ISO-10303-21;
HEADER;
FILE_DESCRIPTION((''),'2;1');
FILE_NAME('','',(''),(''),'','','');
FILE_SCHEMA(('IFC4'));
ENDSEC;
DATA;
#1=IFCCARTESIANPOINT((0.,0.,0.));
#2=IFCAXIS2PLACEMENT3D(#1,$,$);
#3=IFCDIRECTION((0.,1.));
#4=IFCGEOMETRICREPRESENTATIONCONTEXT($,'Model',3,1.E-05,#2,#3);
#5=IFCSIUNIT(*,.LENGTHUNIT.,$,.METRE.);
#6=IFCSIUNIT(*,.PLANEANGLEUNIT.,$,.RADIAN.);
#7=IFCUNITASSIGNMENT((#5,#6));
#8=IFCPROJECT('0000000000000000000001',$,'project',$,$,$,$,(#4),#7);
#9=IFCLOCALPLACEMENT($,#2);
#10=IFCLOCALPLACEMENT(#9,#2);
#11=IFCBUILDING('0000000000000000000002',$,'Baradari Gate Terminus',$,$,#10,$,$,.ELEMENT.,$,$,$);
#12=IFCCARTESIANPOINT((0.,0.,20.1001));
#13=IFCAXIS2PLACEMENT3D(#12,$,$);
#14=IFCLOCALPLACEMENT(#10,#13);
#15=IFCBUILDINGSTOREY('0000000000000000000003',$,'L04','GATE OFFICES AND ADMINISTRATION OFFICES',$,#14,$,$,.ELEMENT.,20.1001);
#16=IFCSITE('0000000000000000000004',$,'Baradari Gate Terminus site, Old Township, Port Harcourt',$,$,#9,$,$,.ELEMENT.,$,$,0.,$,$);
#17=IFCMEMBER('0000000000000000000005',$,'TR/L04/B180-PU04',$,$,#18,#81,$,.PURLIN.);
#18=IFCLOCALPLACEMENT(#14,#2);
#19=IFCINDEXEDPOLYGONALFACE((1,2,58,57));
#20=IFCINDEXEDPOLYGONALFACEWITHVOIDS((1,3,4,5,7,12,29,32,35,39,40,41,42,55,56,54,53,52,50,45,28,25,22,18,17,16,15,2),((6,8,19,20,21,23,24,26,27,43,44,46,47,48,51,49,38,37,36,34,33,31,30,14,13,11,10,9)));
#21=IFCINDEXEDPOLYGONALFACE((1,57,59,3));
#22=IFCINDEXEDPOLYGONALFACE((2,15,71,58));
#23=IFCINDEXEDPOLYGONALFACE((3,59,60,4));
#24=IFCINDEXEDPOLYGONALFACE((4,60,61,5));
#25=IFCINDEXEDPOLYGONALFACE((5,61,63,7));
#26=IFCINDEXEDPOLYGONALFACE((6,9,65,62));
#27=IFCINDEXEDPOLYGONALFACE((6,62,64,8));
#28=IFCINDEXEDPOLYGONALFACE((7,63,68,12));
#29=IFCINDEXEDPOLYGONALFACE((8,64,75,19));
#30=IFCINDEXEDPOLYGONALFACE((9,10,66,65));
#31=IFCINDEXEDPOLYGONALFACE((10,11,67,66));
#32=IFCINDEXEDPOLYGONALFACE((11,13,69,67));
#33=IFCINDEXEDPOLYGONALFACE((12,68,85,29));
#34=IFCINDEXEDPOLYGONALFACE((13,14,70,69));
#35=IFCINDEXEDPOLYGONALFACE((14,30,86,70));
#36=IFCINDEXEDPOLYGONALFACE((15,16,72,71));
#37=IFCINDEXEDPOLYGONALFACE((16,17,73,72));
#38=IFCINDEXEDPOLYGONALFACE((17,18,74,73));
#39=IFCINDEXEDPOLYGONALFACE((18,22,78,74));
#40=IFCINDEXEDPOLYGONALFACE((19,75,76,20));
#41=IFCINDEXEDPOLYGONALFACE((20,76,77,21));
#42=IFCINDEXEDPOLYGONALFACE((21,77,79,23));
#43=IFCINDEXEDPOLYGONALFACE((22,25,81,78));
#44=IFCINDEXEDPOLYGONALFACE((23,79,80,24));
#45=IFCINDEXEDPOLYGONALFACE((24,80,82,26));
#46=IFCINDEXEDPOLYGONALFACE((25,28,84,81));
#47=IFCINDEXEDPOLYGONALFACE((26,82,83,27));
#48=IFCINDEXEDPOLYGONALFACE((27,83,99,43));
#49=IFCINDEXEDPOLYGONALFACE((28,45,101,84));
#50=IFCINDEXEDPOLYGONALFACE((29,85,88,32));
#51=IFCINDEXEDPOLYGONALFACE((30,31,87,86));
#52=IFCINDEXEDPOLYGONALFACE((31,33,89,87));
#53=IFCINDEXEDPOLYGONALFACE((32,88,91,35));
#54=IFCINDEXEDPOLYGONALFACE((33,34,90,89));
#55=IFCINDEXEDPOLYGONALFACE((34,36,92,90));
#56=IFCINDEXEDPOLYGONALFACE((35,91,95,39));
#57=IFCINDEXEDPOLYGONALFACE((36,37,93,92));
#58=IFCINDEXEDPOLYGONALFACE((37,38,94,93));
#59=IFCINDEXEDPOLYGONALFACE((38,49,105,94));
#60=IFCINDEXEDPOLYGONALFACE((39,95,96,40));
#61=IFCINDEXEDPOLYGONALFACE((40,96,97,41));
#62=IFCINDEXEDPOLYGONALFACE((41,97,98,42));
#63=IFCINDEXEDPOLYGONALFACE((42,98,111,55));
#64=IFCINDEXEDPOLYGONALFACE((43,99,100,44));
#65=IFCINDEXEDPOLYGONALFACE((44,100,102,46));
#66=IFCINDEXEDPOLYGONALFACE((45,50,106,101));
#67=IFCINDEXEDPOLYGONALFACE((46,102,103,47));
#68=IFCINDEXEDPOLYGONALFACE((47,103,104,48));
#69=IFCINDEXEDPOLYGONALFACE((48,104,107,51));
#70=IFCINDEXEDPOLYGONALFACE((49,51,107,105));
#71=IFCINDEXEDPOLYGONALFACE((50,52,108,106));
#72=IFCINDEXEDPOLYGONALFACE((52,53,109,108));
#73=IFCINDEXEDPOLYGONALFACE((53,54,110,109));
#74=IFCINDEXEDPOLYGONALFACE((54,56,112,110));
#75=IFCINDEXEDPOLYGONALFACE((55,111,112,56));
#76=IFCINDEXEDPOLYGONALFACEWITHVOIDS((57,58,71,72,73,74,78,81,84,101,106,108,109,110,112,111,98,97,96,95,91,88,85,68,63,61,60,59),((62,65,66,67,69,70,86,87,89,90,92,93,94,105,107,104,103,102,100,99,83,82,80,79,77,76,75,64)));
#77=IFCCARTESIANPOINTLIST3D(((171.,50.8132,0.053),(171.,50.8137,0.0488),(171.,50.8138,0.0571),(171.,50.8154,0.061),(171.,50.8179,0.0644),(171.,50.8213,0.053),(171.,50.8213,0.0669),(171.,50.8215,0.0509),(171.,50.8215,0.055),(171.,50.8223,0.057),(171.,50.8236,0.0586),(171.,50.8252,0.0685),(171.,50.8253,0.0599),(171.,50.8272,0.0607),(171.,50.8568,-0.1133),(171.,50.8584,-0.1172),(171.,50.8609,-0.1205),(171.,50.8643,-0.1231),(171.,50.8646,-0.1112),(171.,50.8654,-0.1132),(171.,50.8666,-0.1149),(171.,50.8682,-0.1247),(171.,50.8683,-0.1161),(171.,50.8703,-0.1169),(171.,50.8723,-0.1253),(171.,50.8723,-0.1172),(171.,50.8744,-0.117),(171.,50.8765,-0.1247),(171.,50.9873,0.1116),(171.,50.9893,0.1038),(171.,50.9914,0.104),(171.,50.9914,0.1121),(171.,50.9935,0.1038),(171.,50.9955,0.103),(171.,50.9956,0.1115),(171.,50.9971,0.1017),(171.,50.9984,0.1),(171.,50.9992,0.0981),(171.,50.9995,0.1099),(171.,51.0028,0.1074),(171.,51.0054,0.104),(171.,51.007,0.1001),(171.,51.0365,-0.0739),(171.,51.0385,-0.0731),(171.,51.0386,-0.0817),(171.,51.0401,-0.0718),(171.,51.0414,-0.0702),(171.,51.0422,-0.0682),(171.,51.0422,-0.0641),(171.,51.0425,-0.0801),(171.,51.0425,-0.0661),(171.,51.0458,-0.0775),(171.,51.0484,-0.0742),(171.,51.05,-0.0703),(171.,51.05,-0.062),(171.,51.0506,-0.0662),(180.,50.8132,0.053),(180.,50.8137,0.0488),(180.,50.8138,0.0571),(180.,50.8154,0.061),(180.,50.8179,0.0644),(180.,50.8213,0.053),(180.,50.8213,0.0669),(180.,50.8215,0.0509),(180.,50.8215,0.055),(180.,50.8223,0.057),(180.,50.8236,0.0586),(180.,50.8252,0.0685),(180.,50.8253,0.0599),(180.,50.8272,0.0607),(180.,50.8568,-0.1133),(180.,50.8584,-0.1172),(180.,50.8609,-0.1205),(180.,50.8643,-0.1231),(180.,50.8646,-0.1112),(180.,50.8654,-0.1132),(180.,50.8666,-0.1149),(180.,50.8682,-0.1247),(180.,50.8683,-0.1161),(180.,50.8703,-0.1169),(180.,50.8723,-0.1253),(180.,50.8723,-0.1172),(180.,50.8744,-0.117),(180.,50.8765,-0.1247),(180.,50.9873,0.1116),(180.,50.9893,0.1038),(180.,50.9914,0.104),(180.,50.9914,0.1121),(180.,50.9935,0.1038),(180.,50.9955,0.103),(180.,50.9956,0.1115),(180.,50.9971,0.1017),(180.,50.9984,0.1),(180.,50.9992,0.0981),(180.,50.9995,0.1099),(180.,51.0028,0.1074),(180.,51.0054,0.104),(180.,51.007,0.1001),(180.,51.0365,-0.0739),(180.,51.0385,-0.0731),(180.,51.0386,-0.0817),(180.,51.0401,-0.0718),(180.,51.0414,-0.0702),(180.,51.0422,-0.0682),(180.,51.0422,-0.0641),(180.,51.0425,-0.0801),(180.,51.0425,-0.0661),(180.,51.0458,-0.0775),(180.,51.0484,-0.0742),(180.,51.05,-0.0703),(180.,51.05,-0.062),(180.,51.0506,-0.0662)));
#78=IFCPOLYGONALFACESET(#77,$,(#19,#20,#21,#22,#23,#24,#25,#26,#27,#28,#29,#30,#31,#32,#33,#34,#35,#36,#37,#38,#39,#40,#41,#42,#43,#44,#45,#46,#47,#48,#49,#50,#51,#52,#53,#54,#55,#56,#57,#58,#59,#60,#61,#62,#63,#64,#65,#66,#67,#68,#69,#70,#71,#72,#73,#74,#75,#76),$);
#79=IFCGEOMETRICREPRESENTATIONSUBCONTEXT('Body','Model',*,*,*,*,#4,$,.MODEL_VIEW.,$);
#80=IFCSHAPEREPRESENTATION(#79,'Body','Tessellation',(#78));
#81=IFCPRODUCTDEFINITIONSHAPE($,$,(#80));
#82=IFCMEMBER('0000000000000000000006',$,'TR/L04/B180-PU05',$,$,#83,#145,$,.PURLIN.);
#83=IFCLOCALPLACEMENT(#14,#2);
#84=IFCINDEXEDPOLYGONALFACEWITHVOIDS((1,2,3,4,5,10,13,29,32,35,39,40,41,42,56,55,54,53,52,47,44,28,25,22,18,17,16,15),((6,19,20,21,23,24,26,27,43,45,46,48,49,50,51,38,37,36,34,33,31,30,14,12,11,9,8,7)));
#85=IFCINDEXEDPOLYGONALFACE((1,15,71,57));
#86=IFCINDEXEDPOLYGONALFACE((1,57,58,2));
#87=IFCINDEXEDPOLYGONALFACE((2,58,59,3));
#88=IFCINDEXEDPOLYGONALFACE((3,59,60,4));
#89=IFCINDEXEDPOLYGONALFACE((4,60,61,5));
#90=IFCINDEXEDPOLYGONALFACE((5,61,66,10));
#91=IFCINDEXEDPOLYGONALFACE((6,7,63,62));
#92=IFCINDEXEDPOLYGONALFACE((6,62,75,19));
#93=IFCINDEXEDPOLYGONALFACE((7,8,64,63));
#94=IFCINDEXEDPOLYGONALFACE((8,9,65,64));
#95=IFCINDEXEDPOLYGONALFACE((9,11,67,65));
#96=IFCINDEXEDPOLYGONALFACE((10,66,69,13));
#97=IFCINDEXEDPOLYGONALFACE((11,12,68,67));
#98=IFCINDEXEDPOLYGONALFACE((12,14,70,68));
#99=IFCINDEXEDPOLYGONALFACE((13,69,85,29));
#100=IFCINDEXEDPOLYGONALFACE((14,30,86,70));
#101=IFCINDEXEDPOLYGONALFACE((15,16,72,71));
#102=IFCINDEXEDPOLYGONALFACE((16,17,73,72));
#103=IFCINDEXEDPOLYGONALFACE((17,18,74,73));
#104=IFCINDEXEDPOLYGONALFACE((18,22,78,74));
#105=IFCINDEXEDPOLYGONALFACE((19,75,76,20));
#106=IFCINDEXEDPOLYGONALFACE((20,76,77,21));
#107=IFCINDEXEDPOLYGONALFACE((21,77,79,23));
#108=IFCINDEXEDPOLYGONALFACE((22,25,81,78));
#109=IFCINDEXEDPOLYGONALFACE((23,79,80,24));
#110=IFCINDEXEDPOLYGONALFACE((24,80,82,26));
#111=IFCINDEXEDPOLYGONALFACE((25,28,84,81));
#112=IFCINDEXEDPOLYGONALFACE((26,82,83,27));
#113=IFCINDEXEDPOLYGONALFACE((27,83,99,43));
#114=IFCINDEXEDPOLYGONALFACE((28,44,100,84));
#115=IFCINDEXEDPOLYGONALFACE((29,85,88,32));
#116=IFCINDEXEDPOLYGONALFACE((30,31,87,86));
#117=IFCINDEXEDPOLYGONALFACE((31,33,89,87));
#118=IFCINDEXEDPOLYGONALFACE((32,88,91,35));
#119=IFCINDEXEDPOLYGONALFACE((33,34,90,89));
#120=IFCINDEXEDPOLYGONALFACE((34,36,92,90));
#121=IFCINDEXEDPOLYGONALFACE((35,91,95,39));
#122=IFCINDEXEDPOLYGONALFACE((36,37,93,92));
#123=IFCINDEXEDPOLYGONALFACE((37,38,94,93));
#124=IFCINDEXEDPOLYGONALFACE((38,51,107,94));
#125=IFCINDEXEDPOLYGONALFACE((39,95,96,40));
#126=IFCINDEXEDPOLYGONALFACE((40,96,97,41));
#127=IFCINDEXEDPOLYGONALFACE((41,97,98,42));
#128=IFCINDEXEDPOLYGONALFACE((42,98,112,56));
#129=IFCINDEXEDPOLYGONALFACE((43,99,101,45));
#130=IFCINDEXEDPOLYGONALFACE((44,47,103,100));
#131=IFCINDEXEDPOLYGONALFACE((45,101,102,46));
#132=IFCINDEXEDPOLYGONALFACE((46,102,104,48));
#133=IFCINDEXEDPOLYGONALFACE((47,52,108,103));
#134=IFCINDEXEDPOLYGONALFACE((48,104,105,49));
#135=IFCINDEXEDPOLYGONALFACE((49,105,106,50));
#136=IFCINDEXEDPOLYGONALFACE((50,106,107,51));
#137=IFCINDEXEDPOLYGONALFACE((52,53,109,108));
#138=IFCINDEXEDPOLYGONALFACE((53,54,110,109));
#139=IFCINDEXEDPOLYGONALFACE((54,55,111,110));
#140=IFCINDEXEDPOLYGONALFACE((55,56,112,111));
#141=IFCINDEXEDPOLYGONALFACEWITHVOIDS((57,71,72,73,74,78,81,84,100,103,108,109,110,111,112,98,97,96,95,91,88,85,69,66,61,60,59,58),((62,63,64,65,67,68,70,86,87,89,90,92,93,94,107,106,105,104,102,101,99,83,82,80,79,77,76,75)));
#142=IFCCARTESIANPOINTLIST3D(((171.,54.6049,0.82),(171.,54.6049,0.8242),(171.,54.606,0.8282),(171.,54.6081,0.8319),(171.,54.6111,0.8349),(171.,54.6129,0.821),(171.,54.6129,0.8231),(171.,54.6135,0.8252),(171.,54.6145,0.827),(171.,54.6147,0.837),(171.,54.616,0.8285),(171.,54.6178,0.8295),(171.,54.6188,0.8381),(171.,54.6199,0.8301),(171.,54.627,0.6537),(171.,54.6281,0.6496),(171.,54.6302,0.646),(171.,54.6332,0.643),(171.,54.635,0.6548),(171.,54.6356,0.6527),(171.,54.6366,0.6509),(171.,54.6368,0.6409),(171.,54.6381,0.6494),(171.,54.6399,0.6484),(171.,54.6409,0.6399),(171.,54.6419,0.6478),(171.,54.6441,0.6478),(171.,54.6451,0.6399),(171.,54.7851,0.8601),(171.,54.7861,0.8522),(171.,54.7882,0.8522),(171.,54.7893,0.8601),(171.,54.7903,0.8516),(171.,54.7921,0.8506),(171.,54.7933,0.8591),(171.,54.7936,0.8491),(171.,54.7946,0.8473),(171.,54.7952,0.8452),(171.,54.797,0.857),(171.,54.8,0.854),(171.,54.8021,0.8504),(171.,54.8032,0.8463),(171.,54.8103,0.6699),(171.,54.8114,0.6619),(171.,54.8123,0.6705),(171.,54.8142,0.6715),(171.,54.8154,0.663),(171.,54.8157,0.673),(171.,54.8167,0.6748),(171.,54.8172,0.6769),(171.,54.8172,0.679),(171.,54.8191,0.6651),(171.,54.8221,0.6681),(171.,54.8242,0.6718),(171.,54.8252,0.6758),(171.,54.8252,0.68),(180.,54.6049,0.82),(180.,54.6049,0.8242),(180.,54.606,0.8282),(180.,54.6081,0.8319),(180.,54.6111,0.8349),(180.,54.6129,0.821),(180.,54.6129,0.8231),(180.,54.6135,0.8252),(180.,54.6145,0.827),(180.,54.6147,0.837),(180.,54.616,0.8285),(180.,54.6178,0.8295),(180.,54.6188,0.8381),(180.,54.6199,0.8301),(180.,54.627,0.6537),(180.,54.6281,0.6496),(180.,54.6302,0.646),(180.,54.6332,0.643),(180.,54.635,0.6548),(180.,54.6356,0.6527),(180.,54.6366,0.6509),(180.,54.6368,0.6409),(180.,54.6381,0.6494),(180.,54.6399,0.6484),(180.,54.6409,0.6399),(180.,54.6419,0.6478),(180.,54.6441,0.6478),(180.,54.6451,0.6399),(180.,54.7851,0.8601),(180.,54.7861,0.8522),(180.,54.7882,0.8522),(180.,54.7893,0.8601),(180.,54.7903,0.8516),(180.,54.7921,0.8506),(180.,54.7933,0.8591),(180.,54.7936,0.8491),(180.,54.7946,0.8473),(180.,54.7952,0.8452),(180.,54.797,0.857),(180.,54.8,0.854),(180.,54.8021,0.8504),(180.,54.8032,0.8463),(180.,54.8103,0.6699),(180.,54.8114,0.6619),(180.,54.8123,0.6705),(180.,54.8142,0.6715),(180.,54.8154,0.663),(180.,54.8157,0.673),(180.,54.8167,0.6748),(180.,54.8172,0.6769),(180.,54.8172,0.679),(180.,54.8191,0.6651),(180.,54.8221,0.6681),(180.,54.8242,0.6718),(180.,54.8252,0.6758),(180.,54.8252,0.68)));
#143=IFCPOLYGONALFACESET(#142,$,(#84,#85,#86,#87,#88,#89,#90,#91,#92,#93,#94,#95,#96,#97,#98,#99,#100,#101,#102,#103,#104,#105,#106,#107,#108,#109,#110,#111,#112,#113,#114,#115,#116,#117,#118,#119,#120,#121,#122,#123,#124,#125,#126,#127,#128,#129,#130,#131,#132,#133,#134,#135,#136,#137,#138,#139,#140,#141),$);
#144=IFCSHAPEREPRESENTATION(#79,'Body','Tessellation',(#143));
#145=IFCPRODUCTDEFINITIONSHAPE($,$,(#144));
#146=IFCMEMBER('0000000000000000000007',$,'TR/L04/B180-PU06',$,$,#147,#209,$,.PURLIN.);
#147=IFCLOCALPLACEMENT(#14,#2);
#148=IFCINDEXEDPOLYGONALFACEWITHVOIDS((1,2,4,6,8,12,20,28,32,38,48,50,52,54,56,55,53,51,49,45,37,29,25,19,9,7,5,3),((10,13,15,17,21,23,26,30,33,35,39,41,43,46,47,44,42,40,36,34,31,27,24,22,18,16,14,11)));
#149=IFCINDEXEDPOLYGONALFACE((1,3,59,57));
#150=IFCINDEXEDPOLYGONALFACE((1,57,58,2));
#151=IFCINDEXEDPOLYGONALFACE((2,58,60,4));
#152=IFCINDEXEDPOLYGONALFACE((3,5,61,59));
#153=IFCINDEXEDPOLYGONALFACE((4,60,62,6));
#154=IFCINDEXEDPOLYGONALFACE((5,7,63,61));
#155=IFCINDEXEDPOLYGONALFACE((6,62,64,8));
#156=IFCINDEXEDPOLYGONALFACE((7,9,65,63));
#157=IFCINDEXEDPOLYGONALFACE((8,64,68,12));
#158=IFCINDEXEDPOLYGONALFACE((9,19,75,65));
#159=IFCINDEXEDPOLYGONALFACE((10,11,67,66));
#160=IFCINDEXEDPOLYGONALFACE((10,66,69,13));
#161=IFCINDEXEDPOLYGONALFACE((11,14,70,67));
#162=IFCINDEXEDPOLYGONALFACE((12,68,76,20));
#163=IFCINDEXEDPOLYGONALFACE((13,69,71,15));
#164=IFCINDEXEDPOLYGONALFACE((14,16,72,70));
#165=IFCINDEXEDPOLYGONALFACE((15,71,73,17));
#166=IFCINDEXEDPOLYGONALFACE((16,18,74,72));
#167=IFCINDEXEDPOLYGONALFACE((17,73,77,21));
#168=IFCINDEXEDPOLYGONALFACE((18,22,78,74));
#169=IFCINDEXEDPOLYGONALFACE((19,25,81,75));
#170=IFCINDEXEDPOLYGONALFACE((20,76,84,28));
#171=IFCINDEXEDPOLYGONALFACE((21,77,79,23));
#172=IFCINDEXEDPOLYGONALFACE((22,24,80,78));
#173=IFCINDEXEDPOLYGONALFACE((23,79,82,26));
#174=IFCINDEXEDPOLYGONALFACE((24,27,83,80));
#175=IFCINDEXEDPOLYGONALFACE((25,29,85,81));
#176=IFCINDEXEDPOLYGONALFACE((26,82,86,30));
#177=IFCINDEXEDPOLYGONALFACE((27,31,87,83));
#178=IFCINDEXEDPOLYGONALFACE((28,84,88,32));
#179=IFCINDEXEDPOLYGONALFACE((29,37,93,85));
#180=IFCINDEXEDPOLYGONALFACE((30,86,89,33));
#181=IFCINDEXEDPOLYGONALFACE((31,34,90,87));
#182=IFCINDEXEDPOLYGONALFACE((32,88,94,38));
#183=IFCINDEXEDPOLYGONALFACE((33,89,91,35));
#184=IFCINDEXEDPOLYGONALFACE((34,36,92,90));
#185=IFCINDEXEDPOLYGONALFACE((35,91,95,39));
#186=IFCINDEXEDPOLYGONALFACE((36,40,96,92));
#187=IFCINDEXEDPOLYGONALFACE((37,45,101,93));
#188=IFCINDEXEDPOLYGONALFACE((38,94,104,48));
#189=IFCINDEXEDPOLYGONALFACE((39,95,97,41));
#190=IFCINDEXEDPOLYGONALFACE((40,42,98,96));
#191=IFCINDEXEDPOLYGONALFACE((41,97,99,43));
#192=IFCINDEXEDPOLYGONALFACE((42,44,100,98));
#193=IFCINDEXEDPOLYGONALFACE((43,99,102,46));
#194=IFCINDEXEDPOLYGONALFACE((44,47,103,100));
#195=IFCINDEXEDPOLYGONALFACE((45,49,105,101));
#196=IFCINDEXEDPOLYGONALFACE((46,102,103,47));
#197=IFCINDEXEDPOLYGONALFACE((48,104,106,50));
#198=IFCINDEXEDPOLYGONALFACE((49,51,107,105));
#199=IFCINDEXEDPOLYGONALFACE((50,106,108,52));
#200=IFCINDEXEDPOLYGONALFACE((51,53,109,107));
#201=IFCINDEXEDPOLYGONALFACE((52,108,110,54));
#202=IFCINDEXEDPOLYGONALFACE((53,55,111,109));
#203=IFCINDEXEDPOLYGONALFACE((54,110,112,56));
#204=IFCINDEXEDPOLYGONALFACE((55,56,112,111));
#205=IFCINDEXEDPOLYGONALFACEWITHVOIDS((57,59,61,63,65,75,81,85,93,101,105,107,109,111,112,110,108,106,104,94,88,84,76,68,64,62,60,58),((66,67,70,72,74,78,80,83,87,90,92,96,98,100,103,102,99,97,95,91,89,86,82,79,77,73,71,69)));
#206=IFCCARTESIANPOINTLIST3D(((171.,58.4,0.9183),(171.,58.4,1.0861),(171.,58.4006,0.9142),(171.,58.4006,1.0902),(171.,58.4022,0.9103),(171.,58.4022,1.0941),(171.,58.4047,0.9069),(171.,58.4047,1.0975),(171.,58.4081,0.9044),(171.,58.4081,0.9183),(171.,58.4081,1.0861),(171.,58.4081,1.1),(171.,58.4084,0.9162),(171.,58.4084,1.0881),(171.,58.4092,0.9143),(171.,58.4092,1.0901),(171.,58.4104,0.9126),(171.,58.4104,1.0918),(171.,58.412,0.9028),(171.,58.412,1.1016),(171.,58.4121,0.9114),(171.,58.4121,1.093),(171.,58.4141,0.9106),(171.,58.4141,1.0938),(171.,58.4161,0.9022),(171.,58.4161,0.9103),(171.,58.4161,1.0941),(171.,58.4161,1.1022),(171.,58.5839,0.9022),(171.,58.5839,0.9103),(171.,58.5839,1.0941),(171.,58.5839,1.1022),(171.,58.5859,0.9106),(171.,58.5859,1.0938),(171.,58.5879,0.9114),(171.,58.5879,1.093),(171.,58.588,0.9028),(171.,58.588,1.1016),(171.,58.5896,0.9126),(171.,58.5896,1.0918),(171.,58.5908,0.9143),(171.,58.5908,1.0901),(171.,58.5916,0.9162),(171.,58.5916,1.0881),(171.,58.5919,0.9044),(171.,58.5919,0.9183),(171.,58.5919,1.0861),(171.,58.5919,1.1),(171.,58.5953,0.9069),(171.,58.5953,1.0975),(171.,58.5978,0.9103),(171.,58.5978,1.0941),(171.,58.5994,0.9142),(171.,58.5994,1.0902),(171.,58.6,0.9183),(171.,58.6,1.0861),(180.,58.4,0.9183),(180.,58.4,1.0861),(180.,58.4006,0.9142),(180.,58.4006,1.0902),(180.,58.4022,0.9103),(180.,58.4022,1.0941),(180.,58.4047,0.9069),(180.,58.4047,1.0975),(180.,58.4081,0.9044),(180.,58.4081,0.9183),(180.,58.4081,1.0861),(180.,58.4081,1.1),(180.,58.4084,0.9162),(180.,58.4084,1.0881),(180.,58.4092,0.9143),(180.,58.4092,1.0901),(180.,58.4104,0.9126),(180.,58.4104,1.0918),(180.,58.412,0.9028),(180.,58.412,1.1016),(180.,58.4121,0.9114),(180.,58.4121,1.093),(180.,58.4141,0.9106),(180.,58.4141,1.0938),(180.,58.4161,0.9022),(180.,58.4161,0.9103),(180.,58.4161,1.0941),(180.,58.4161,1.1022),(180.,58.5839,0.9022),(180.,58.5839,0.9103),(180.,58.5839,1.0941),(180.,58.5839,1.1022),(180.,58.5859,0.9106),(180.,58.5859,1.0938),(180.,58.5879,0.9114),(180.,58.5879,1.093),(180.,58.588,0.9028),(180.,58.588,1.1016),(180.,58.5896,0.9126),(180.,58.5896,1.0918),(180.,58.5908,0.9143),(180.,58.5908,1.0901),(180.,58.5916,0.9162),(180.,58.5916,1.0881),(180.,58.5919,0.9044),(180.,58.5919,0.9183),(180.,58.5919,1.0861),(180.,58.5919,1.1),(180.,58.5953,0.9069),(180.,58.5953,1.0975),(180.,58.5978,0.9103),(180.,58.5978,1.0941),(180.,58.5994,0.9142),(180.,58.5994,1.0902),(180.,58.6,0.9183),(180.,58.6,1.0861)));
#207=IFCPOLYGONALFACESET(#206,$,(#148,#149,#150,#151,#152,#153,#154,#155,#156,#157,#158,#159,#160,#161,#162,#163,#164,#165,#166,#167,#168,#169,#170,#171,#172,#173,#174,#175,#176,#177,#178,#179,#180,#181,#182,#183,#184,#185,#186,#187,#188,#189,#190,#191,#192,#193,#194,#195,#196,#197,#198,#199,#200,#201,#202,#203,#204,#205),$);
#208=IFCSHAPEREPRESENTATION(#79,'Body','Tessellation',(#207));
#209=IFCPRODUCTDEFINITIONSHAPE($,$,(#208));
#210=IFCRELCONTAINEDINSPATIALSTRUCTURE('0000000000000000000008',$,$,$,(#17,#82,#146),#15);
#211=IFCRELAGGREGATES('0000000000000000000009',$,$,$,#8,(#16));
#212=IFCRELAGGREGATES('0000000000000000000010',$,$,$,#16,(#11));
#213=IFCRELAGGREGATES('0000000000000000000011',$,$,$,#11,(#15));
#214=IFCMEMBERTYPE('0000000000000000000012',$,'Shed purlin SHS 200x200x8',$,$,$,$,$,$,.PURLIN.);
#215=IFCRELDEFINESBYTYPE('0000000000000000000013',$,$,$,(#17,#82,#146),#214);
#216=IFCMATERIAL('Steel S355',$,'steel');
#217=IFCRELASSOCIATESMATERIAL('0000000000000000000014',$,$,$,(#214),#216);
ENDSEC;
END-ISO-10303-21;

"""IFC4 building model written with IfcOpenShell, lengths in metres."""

from ifc_helpers import new_model, si_unit, direction, frame, origin, origin_2d, place, context, subcontext, project, spatial, hollow_rectangle, extrude, material, material_profile, profile_set, type_object, element, save


model = new_model("IFC4")

# Units and contexts
model_context = context("Model", 3, precision=1e-05, world=origin(), true_north=direction((0.0, 1.0)))
body_context = subcontext(model_context, "Body", "Model", "MODEL_VIEW")
ifc_project = project(units=[si_unit("LENGTHUNIT", "METRE"), si_unit("PLANEANGLEUNIT", "RADIAN")], contexts=[model_context])

# Site, building, storey
site_placement = place(None, origin())
site = spatial("IfcSite", under=ifc_project, at=site_placement, Name="Baradari Gate Terminus site, Old Township, Port Harcourt", CompositionType="ELEMENT", RefElevation=0.0)
building_placement = place(site_placement, origin())
building = spatial("IfcBuilding", under=site, at=building_placement, Name="Baradari Gate Terminus", CompositionType="ELEMENT")
storey_placement = place(building_placement, frame((0.0, 0.0, 20.1001)))
storey = spatial("IfcBuildingStorey", under=building, at=storey_placement, Name="L04", Description="GATE OFFICES AND ADMINISTRATION OFFICES", CompositionType="ELEMENT", Elevation=20.1001)

# Members
ifc_material_1 = material(Name="Steel S355", Category="steel")
ifc_material_profile_1 = material_profile(ifc_material_1, hollow_rectangle(XDim=0.2, YDim=0.2, WallThickness=0.0081, InnerFilletRadius=0.0081, OuterFilletRadius=0.0161, at=origin_2d()), Name="SHS 200x200x8")
ifc_profile_set_1 = profile_set([ifc_material_profile_1], Name="Steel S355")
member_type_1 = type_object("IfcMemberType", Name="Shed purlin SHS 200x200x8", PredefinedType="PURLIN", material=ifc_profile_set_1)
for number, where, z_axis, x_axis, name in (
    (1, (171.0, 50.9319, -0.0066), (1.0, 0.0, 0.0), (0.0, 0.9665, 0.256668), "TR/L04/B180-PU04"),
    (2, (171.0, 54.7151, 0.75), (1.0, 0.0, 0.0), (0.0, 0.991303, 0.131599), "TR/L04/B180-PU05"),
    (3, (171.0, 58.5, 1.0022), (1.0, 0.0, 0.0), (0.0, 1.0, 0.0), "TR/L04/B180-PU06"),
):
    element("IfcMember", number, at=place(storey_placement, frame(where, z_axis=z_axis, x_axis=x_axis)), inside=storey, type_object=member_type_1, Name=name, PredefinedType="PURLIN", context=body_context, shape_type="SweptSolid", body=[
        extrude(hollow_rectangle(XDim=0.2, YDim=0.2, WallThickness=0.0081, InnerFilletRadius=0.0081, OuterFilletRadius=0.0161, at=origin_2d()), origin(), (0.0, 0.0, 1.0), 9.0),
    ])

save(model, "model.ifc")
